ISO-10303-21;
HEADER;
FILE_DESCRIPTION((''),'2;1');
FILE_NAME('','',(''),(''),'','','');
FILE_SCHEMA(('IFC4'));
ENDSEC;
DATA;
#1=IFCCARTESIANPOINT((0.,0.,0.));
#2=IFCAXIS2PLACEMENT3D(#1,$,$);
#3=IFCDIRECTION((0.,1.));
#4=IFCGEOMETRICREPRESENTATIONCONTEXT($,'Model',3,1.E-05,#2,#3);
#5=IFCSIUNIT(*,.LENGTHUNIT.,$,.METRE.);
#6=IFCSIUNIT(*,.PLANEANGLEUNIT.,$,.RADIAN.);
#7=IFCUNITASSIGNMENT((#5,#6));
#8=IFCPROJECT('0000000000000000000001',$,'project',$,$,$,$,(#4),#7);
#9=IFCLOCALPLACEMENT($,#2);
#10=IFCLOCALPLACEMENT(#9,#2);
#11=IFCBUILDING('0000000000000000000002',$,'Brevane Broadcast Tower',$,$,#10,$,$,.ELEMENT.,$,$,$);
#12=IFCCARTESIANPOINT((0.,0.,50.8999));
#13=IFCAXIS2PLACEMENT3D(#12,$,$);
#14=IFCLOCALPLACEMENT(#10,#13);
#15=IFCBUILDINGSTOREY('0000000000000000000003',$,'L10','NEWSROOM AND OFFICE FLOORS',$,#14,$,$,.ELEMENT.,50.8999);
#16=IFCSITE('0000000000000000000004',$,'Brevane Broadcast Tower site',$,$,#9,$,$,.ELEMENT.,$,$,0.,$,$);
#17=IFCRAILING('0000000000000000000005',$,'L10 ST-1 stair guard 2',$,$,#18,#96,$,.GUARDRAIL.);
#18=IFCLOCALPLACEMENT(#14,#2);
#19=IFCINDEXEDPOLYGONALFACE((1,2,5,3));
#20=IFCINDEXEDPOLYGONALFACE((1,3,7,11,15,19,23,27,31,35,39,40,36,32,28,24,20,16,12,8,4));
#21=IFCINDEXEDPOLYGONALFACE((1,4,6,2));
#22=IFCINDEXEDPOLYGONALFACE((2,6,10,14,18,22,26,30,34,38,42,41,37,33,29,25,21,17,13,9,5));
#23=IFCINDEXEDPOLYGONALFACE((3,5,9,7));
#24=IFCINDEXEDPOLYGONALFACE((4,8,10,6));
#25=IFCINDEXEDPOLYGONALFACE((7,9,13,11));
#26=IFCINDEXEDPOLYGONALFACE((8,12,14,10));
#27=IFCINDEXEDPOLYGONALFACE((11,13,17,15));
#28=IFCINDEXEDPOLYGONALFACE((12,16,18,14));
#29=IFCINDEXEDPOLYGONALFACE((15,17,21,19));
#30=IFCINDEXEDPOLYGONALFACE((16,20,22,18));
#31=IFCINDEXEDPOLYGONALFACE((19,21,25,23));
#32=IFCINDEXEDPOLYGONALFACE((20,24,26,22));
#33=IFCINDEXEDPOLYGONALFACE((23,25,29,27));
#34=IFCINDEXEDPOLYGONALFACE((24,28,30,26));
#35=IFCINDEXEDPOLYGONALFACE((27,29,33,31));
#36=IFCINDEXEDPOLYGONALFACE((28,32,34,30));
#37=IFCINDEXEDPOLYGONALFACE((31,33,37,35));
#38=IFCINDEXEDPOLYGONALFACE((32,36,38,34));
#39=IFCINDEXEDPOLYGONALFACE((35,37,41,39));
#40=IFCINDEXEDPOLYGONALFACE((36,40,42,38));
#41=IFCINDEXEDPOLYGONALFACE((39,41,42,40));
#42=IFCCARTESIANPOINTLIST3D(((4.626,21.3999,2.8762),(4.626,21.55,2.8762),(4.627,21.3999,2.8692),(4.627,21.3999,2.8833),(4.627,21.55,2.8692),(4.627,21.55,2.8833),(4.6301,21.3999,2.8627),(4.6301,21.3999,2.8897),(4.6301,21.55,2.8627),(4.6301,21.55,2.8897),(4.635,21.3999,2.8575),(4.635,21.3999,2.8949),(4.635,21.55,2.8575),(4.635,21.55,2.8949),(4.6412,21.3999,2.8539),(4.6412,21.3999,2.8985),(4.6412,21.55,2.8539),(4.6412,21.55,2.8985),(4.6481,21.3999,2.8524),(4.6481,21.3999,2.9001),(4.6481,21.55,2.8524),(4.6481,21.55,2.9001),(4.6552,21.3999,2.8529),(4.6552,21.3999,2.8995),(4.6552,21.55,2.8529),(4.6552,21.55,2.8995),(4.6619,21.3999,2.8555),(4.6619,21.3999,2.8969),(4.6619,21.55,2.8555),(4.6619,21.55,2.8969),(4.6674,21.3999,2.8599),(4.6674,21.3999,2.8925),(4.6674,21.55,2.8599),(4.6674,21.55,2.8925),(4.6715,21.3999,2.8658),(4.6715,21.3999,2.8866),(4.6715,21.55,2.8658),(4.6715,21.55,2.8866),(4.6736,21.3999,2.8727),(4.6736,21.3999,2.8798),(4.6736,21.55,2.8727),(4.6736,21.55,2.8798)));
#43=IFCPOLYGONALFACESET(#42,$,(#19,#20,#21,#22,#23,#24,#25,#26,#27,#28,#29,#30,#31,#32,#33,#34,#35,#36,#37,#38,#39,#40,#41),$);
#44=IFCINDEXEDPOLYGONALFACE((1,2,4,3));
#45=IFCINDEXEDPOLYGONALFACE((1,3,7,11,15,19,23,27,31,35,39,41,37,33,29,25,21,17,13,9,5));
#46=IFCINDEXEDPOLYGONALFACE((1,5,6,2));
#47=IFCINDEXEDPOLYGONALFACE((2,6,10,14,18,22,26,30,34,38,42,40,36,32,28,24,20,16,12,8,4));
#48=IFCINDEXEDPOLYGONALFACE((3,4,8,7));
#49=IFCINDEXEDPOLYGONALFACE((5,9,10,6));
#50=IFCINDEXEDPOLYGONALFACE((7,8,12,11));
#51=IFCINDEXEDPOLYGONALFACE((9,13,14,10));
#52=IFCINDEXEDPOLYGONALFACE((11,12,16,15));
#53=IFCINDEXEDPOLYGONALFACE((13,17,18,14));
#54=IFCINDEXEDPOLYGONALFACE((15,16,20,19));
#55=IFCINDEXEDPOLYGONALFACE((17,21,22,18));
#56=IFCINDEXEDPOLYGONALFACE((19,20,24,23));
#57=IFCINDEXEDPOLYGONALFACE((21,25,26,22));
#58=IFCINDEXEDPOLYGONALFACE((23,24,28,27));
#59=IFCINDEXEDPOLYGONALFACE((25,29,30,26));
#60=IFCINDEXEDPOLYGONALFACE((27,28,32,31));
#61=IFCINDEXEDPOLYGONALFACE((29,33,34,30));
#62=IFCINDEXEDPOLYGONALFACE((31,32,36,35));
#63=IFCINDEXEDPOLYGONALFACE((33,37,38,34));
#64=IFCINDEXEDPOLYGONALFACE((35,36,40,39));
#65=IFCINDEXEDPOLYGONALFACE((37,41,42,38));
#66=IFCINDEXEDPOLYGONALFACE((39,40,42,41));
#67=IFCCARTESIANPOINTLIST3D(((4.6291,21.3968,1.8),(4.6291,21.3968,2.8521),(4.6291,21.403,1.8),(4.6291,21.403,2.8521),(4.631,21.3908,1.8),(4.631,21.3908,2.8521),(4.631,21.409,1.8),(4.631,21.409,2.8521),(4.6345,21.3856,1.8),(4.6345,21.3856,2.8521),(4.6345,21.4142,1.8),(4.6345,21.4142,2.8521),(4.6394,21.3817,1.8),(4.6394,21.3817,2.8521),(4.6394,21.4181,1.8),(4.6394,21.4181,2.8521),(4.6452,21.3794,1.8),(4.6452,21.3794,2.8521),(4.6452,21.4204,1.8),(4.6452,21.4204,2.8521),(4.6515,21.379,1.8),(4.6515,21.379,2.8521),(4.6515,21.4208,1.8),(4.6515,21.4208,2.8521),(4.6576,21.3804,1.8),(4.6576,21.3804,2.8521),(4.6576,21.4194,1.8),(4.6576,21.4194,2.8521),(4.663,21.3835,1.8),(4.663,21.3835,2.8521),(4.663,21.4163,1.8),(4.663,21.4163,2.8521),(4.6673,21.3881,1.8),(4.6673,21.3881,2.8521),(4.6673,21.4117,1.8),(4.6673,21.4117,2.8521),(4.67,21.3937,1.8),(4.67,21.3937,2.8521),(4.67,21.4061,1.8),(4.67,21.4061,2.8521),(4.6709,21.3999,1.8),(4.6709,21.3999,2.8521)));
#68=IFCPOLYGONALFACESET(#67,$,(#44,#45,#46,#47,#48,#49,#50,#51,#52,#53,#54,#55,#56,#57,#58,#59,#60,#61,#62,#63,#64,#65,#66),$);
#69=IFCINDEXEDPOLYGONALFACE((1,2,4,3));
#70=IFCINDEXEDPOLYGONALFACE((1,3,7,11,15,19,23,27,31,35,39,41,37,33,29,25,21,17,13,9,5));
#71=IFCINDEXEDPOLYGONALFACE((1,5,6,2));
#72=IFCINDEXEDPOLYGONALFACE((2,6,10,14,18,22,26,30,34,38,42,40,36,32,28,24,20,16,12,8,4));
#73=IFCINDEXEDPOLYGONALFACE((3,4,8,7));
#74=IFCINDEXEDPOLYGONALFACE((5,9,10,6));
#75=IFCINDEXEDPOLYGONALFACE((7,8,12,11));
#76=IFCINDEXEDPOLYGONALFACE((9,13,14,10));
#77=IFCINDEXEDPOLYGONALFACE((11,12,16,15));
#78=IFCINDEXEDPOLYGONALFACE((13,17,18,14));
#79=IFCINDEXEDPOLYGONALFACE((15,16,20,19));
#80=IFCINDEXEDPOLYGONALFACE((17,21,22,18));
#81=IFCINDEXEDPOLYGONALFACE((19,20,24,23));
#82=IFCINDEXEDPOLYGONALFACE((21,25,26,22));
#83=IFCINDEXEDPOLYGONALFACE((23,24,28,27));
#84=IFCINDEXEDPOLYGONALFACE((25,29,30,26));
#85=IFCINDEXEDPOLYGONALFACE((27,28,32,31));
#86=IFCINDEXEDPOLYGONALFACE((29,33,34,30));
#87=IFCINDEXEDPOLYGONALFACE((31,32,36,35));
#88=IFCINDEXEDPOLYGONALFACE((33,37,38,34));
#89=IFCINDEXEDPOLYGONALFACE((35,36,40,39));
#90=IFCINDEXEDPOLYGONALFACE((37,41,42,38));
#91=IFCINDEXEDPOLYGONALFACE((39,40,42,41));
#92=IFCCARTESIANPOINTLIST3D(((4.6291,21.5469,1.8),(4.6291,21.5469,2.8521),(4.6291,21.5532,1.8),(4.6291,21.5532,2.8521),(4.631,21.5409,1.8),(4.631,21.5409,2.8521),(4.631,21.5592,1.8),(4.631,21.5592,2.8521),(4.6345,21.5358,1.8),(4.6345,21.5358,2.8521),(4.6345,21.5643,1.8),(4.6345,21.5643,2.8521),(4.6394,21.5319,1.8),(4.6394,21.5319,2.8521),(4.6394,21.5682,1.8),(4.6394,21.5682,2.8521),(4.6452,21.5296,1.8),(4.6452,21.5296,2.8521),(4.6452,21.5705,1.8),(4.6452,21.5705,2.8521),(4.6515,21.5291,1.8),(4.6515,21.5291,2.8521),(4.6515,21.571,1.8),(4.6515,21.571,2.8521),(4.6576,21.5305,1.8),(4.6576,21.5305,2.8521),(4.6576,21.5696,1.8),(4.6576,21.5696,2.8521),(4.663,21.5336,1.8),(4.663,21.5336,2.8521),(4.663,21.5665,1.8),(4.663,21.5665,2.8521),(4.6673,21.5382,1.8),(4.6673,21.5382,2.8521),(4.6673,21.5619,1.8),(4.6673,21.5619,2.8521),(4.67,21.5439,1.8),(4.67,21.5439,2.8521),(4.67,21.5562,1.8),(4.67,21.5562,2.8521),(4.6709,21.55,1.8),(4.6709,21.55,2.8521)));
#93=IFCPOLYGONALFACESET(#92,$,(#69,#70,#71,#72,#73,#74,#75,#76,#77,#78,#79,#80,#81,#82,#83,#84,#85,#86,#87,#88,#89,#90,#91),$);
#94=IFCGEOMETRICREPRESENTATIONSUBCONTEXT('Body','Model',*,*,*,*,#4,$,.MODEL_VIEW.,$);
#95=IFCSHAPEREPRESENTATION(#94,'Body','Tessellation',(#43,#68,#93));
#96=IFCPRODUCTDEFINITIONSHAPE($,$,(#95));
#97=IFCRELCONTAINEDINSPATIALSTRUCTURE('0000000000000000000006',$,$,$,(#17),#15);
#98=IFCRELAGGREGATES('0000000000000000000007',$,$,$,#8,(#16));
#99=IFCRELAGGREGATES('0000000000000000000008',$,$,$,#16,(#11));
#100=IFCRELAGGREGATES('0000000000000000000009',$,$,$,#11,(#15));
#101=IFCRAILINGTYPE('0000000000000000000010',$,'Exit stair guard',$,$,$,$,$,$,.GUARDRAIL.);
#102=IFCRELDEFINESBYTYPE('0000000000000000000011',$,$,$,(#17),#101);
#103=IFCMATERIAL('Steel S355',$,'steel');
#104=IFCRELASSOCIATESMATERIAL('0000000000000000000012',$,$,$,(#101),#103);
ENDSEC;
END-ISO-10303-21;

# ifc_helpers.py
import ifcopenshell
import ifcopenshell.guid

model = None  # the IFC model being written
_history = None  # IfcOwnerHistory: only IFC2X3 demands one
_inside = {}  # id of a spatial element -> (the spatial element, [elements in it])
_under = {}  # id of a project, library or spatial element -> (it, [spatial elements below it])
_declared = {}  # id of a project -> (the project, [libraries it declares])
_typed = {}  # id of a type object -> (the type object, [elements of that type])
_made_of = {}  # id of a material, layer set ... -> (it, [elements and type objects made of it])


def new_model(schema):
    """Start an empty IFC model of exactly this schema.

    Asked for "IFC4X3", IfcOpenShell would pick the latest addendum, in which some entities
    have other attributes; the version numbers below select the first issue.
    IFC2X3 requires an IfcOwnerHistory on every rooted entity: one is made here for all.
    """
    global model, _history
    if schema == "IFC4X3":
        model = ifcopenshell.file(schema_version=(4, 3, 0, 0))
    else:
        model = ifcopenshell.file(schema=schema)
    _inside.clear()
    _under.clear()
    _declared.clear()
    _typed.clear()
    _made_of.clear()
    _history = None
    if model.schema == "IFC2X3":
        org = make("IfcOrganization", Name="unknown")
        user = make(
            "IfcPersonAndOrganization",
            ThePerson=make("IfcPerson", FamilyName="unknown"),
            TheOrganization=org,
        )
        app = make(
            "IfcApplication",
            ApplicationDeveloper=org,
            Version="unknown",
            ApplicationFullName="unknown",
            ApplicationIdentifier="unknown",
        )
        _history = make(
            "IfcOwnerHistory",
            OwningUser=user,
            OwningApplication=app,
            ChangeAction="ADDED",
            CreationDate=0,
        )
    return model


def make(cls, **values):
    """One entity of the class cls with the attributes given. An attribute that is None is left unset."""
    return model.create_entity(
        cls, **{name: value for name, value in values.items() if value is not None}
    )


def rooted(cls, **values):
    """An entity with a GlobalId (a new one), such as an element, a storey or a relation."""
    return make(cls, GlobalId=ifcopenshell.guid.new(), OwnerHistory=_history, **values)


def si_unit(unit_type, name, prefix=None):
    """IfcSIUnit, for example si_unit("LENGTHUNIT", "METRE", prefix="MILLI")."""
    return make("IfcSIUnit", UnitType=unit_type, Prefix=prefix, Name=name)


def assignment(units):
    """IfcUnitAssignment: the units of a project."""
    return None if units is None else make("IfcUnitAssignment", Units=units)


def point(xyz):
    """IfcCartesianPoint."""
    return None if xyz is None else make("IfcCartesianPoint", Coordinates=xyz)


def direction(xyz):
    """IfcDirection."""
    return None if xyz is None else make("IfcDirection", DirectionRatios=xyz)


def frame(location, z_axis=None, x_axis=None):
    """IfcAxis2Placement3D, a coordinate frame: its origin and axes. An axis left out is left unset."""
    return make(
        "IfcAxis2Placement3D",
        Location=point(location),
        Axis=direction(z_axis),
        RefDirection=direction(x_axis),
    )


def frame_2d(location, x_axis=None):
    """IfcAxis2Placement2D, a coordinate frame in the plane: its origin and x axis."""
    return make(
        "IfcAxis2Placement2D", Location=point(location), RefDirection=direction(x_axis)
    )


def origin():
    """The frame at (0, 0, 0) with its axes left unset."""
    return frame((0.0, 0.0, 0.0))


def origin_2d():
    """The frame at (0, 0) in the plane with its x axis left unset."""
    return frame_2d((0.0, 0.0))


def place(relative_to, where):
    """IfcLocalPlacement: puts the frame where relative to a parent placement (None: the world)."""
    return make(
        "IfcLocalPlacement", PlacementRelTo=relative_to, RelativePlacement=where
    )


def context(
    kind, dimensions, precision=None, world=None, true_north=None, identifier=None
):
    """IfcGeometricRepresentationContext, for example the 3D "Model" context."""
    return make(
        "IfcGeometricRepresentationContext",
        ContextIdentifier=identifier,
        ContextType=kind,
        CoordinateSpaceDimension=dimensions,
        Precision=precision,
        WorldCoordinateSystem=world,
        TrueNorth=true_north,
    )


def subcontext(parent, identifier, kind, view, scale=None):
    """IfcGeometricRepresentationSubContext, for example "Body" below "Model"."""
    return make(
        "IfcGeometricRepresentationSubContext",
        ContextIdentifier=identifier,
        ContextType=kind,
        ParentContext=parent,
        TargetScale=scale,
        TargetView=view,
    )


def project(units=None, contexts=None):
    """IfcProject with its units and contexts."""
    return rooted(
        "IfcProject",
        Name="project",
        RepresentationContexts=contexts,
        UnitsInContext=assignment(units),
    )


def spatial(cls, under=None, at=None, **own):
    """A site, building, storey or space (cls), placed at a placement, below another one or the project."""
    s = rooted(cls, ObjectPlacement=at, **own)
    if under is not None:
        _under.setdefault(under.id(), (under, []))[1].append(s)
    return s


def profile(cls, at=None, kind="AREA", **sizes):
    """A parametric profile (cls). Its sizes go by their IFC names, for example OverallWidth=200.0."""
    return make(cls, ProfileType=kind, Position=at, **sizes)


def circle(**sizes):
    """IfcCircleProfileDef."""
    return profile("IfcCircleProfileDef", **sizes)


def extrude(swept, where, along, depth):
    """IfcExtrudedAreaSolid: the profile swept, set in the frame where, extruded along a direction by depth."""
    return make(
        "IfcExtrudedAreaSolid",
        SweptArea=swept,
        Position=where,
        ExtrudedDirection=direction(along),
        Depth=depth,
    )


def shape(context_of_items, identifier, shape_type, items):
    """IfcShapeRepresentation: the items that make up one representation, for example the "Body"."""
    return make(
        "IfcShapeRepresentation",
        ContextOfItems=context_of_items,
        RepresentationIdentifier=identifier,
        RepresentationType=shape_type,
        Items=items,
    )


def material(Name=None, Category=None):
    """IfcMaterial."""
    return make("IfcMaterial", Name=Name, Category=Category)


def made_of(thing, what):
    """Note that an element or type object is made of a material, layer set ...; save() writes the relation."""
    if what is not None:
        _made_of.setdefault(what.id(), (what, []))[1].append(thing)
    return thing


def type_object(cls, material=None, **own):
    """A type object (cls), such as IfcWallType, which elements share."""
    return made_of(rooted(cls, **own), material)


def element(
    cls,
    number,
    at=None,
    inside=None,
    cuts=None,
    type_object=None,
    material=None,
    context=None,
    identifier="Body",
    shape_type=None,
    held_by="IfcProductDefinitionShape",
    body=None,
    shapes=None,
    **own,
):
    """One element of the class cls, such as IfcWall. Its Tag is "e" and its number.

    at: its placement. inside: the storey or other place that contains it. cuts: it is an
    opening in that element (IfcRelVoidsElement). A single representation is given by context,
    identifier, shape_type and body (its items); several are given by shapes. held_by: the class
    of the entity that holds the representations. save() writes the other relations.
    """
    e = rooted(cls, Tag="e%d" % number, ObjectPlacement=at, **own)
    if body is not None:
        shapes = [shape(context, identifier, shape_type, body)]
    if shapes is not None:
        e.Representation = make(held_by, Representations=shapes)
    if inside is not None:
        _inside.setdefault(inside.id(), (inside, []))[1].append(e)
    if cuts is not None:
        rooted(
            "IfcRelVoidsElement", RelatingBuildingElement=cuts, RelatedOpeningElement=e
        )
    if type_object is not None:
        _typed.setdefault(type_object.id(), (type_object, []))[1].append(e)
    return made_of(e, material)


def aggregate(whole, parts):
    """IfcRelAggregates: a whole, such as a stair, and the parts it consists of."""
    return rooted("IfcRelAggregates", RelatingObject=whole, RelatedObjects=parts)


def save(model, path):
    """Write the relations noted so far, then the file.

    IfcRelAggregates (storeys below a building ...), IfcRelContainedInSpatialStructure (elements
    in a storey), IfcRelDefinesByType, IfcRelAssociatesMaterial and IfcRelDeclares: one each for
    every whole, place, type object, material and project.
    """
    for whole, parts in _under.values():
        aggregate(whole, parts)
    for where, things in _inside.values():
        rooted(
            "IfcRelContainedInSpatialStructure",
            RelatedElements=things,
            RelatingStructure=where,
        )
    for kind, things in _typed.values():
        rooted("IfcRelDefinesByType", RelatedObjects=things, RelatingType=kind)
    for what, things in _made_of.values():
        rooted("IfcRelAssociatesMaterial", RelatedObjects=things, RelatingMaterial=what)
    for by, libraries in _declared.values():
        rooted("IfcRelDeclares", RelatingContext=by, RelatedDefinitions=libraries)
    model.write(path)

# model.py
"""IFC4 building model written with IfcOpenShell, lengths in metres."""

from ifc_helpers import new_model, si_unit, direction, frame, origin, origin_2d, place, context, subcontext, project, spatial, circle, extrude, material, type_object, element, save


model = new_model("IFC4")

# Units and contexts
model_context = context("Model", 3, precision=1e-05, world=origin(), true_north=direction((0.0, 1.0)))
body_context = subcontext(model_context, "Body", "Model", "MODEL_VIEW")
ifc_project = project(units=[si_unit("LENGTHUNIT", "METRE"), si_unit("PLANEANGLEUNIT", "RADIAN")], contexts=[model_context])

# Site, building, storey
site_placement = place(None, origin())
site = spatial("IfcSite", under=ifc_project, at=site_placement, Name="Brevane Broadcast Tower site", CompositionType="ELEMENT", RefElevation=0.0)
building_placement = place(site_placement, origin())
building = spatial("IfcBuilding", under=site, at=building_placement, Name="Brevane Broadcast Tower", CompositionType="ELEMENT")
storey_placement = place(building_placement, frame((0.0, 0.0, 50.8999)))
storey = spatial("IfcBuildingStorey", under=building, at=storey_placement, Name="L10", Description="NEWSROOM AND OFFICE FLOORS", CompositionType="ELEMENT", Elevation=50.8999)

# Railing
ifc_material_1 = material(Name="Steel S355", Category="steel")
railing_type_1 = type_object("IfcRailingType", Name="Exit stair guard", PredefinedType="GUARDRAIL", material=ifc_material_1)
railing_1_placement = place(storey_placement, frame((4.6499, 21.3999, 1.8)))
element("IfcRailing", 1, at=railing_1_placement, inside=storey, type_object=railing_type_1, Name="L10 ST-1 stair guard 2", PredefinedType="GUARDRAIL", context=body_context, shape_type="SweptSolid", body=[
    extrude(circle(Radius=0.0239, at=origin_2d()), frame((0.0, 0.0, 1.0762), z_axis=(0.0, 1.0, 0.0), x_axis=(-1.0, 0.0, 0.0)), (0.0, 0.0, 1.0), 0.1501),
    extrude(circle(Radius=0.021, at=origin_2d()), origin(), (0.0, 0.0, 1.0), 1.052),
    extrude(circle(Radius=0.021, at=origin_2d()), frame((0.0, 0.1501, 0.0)), (0.0, 0.0, 1.0), 1.052),
])

save(model, "model.ifc")
